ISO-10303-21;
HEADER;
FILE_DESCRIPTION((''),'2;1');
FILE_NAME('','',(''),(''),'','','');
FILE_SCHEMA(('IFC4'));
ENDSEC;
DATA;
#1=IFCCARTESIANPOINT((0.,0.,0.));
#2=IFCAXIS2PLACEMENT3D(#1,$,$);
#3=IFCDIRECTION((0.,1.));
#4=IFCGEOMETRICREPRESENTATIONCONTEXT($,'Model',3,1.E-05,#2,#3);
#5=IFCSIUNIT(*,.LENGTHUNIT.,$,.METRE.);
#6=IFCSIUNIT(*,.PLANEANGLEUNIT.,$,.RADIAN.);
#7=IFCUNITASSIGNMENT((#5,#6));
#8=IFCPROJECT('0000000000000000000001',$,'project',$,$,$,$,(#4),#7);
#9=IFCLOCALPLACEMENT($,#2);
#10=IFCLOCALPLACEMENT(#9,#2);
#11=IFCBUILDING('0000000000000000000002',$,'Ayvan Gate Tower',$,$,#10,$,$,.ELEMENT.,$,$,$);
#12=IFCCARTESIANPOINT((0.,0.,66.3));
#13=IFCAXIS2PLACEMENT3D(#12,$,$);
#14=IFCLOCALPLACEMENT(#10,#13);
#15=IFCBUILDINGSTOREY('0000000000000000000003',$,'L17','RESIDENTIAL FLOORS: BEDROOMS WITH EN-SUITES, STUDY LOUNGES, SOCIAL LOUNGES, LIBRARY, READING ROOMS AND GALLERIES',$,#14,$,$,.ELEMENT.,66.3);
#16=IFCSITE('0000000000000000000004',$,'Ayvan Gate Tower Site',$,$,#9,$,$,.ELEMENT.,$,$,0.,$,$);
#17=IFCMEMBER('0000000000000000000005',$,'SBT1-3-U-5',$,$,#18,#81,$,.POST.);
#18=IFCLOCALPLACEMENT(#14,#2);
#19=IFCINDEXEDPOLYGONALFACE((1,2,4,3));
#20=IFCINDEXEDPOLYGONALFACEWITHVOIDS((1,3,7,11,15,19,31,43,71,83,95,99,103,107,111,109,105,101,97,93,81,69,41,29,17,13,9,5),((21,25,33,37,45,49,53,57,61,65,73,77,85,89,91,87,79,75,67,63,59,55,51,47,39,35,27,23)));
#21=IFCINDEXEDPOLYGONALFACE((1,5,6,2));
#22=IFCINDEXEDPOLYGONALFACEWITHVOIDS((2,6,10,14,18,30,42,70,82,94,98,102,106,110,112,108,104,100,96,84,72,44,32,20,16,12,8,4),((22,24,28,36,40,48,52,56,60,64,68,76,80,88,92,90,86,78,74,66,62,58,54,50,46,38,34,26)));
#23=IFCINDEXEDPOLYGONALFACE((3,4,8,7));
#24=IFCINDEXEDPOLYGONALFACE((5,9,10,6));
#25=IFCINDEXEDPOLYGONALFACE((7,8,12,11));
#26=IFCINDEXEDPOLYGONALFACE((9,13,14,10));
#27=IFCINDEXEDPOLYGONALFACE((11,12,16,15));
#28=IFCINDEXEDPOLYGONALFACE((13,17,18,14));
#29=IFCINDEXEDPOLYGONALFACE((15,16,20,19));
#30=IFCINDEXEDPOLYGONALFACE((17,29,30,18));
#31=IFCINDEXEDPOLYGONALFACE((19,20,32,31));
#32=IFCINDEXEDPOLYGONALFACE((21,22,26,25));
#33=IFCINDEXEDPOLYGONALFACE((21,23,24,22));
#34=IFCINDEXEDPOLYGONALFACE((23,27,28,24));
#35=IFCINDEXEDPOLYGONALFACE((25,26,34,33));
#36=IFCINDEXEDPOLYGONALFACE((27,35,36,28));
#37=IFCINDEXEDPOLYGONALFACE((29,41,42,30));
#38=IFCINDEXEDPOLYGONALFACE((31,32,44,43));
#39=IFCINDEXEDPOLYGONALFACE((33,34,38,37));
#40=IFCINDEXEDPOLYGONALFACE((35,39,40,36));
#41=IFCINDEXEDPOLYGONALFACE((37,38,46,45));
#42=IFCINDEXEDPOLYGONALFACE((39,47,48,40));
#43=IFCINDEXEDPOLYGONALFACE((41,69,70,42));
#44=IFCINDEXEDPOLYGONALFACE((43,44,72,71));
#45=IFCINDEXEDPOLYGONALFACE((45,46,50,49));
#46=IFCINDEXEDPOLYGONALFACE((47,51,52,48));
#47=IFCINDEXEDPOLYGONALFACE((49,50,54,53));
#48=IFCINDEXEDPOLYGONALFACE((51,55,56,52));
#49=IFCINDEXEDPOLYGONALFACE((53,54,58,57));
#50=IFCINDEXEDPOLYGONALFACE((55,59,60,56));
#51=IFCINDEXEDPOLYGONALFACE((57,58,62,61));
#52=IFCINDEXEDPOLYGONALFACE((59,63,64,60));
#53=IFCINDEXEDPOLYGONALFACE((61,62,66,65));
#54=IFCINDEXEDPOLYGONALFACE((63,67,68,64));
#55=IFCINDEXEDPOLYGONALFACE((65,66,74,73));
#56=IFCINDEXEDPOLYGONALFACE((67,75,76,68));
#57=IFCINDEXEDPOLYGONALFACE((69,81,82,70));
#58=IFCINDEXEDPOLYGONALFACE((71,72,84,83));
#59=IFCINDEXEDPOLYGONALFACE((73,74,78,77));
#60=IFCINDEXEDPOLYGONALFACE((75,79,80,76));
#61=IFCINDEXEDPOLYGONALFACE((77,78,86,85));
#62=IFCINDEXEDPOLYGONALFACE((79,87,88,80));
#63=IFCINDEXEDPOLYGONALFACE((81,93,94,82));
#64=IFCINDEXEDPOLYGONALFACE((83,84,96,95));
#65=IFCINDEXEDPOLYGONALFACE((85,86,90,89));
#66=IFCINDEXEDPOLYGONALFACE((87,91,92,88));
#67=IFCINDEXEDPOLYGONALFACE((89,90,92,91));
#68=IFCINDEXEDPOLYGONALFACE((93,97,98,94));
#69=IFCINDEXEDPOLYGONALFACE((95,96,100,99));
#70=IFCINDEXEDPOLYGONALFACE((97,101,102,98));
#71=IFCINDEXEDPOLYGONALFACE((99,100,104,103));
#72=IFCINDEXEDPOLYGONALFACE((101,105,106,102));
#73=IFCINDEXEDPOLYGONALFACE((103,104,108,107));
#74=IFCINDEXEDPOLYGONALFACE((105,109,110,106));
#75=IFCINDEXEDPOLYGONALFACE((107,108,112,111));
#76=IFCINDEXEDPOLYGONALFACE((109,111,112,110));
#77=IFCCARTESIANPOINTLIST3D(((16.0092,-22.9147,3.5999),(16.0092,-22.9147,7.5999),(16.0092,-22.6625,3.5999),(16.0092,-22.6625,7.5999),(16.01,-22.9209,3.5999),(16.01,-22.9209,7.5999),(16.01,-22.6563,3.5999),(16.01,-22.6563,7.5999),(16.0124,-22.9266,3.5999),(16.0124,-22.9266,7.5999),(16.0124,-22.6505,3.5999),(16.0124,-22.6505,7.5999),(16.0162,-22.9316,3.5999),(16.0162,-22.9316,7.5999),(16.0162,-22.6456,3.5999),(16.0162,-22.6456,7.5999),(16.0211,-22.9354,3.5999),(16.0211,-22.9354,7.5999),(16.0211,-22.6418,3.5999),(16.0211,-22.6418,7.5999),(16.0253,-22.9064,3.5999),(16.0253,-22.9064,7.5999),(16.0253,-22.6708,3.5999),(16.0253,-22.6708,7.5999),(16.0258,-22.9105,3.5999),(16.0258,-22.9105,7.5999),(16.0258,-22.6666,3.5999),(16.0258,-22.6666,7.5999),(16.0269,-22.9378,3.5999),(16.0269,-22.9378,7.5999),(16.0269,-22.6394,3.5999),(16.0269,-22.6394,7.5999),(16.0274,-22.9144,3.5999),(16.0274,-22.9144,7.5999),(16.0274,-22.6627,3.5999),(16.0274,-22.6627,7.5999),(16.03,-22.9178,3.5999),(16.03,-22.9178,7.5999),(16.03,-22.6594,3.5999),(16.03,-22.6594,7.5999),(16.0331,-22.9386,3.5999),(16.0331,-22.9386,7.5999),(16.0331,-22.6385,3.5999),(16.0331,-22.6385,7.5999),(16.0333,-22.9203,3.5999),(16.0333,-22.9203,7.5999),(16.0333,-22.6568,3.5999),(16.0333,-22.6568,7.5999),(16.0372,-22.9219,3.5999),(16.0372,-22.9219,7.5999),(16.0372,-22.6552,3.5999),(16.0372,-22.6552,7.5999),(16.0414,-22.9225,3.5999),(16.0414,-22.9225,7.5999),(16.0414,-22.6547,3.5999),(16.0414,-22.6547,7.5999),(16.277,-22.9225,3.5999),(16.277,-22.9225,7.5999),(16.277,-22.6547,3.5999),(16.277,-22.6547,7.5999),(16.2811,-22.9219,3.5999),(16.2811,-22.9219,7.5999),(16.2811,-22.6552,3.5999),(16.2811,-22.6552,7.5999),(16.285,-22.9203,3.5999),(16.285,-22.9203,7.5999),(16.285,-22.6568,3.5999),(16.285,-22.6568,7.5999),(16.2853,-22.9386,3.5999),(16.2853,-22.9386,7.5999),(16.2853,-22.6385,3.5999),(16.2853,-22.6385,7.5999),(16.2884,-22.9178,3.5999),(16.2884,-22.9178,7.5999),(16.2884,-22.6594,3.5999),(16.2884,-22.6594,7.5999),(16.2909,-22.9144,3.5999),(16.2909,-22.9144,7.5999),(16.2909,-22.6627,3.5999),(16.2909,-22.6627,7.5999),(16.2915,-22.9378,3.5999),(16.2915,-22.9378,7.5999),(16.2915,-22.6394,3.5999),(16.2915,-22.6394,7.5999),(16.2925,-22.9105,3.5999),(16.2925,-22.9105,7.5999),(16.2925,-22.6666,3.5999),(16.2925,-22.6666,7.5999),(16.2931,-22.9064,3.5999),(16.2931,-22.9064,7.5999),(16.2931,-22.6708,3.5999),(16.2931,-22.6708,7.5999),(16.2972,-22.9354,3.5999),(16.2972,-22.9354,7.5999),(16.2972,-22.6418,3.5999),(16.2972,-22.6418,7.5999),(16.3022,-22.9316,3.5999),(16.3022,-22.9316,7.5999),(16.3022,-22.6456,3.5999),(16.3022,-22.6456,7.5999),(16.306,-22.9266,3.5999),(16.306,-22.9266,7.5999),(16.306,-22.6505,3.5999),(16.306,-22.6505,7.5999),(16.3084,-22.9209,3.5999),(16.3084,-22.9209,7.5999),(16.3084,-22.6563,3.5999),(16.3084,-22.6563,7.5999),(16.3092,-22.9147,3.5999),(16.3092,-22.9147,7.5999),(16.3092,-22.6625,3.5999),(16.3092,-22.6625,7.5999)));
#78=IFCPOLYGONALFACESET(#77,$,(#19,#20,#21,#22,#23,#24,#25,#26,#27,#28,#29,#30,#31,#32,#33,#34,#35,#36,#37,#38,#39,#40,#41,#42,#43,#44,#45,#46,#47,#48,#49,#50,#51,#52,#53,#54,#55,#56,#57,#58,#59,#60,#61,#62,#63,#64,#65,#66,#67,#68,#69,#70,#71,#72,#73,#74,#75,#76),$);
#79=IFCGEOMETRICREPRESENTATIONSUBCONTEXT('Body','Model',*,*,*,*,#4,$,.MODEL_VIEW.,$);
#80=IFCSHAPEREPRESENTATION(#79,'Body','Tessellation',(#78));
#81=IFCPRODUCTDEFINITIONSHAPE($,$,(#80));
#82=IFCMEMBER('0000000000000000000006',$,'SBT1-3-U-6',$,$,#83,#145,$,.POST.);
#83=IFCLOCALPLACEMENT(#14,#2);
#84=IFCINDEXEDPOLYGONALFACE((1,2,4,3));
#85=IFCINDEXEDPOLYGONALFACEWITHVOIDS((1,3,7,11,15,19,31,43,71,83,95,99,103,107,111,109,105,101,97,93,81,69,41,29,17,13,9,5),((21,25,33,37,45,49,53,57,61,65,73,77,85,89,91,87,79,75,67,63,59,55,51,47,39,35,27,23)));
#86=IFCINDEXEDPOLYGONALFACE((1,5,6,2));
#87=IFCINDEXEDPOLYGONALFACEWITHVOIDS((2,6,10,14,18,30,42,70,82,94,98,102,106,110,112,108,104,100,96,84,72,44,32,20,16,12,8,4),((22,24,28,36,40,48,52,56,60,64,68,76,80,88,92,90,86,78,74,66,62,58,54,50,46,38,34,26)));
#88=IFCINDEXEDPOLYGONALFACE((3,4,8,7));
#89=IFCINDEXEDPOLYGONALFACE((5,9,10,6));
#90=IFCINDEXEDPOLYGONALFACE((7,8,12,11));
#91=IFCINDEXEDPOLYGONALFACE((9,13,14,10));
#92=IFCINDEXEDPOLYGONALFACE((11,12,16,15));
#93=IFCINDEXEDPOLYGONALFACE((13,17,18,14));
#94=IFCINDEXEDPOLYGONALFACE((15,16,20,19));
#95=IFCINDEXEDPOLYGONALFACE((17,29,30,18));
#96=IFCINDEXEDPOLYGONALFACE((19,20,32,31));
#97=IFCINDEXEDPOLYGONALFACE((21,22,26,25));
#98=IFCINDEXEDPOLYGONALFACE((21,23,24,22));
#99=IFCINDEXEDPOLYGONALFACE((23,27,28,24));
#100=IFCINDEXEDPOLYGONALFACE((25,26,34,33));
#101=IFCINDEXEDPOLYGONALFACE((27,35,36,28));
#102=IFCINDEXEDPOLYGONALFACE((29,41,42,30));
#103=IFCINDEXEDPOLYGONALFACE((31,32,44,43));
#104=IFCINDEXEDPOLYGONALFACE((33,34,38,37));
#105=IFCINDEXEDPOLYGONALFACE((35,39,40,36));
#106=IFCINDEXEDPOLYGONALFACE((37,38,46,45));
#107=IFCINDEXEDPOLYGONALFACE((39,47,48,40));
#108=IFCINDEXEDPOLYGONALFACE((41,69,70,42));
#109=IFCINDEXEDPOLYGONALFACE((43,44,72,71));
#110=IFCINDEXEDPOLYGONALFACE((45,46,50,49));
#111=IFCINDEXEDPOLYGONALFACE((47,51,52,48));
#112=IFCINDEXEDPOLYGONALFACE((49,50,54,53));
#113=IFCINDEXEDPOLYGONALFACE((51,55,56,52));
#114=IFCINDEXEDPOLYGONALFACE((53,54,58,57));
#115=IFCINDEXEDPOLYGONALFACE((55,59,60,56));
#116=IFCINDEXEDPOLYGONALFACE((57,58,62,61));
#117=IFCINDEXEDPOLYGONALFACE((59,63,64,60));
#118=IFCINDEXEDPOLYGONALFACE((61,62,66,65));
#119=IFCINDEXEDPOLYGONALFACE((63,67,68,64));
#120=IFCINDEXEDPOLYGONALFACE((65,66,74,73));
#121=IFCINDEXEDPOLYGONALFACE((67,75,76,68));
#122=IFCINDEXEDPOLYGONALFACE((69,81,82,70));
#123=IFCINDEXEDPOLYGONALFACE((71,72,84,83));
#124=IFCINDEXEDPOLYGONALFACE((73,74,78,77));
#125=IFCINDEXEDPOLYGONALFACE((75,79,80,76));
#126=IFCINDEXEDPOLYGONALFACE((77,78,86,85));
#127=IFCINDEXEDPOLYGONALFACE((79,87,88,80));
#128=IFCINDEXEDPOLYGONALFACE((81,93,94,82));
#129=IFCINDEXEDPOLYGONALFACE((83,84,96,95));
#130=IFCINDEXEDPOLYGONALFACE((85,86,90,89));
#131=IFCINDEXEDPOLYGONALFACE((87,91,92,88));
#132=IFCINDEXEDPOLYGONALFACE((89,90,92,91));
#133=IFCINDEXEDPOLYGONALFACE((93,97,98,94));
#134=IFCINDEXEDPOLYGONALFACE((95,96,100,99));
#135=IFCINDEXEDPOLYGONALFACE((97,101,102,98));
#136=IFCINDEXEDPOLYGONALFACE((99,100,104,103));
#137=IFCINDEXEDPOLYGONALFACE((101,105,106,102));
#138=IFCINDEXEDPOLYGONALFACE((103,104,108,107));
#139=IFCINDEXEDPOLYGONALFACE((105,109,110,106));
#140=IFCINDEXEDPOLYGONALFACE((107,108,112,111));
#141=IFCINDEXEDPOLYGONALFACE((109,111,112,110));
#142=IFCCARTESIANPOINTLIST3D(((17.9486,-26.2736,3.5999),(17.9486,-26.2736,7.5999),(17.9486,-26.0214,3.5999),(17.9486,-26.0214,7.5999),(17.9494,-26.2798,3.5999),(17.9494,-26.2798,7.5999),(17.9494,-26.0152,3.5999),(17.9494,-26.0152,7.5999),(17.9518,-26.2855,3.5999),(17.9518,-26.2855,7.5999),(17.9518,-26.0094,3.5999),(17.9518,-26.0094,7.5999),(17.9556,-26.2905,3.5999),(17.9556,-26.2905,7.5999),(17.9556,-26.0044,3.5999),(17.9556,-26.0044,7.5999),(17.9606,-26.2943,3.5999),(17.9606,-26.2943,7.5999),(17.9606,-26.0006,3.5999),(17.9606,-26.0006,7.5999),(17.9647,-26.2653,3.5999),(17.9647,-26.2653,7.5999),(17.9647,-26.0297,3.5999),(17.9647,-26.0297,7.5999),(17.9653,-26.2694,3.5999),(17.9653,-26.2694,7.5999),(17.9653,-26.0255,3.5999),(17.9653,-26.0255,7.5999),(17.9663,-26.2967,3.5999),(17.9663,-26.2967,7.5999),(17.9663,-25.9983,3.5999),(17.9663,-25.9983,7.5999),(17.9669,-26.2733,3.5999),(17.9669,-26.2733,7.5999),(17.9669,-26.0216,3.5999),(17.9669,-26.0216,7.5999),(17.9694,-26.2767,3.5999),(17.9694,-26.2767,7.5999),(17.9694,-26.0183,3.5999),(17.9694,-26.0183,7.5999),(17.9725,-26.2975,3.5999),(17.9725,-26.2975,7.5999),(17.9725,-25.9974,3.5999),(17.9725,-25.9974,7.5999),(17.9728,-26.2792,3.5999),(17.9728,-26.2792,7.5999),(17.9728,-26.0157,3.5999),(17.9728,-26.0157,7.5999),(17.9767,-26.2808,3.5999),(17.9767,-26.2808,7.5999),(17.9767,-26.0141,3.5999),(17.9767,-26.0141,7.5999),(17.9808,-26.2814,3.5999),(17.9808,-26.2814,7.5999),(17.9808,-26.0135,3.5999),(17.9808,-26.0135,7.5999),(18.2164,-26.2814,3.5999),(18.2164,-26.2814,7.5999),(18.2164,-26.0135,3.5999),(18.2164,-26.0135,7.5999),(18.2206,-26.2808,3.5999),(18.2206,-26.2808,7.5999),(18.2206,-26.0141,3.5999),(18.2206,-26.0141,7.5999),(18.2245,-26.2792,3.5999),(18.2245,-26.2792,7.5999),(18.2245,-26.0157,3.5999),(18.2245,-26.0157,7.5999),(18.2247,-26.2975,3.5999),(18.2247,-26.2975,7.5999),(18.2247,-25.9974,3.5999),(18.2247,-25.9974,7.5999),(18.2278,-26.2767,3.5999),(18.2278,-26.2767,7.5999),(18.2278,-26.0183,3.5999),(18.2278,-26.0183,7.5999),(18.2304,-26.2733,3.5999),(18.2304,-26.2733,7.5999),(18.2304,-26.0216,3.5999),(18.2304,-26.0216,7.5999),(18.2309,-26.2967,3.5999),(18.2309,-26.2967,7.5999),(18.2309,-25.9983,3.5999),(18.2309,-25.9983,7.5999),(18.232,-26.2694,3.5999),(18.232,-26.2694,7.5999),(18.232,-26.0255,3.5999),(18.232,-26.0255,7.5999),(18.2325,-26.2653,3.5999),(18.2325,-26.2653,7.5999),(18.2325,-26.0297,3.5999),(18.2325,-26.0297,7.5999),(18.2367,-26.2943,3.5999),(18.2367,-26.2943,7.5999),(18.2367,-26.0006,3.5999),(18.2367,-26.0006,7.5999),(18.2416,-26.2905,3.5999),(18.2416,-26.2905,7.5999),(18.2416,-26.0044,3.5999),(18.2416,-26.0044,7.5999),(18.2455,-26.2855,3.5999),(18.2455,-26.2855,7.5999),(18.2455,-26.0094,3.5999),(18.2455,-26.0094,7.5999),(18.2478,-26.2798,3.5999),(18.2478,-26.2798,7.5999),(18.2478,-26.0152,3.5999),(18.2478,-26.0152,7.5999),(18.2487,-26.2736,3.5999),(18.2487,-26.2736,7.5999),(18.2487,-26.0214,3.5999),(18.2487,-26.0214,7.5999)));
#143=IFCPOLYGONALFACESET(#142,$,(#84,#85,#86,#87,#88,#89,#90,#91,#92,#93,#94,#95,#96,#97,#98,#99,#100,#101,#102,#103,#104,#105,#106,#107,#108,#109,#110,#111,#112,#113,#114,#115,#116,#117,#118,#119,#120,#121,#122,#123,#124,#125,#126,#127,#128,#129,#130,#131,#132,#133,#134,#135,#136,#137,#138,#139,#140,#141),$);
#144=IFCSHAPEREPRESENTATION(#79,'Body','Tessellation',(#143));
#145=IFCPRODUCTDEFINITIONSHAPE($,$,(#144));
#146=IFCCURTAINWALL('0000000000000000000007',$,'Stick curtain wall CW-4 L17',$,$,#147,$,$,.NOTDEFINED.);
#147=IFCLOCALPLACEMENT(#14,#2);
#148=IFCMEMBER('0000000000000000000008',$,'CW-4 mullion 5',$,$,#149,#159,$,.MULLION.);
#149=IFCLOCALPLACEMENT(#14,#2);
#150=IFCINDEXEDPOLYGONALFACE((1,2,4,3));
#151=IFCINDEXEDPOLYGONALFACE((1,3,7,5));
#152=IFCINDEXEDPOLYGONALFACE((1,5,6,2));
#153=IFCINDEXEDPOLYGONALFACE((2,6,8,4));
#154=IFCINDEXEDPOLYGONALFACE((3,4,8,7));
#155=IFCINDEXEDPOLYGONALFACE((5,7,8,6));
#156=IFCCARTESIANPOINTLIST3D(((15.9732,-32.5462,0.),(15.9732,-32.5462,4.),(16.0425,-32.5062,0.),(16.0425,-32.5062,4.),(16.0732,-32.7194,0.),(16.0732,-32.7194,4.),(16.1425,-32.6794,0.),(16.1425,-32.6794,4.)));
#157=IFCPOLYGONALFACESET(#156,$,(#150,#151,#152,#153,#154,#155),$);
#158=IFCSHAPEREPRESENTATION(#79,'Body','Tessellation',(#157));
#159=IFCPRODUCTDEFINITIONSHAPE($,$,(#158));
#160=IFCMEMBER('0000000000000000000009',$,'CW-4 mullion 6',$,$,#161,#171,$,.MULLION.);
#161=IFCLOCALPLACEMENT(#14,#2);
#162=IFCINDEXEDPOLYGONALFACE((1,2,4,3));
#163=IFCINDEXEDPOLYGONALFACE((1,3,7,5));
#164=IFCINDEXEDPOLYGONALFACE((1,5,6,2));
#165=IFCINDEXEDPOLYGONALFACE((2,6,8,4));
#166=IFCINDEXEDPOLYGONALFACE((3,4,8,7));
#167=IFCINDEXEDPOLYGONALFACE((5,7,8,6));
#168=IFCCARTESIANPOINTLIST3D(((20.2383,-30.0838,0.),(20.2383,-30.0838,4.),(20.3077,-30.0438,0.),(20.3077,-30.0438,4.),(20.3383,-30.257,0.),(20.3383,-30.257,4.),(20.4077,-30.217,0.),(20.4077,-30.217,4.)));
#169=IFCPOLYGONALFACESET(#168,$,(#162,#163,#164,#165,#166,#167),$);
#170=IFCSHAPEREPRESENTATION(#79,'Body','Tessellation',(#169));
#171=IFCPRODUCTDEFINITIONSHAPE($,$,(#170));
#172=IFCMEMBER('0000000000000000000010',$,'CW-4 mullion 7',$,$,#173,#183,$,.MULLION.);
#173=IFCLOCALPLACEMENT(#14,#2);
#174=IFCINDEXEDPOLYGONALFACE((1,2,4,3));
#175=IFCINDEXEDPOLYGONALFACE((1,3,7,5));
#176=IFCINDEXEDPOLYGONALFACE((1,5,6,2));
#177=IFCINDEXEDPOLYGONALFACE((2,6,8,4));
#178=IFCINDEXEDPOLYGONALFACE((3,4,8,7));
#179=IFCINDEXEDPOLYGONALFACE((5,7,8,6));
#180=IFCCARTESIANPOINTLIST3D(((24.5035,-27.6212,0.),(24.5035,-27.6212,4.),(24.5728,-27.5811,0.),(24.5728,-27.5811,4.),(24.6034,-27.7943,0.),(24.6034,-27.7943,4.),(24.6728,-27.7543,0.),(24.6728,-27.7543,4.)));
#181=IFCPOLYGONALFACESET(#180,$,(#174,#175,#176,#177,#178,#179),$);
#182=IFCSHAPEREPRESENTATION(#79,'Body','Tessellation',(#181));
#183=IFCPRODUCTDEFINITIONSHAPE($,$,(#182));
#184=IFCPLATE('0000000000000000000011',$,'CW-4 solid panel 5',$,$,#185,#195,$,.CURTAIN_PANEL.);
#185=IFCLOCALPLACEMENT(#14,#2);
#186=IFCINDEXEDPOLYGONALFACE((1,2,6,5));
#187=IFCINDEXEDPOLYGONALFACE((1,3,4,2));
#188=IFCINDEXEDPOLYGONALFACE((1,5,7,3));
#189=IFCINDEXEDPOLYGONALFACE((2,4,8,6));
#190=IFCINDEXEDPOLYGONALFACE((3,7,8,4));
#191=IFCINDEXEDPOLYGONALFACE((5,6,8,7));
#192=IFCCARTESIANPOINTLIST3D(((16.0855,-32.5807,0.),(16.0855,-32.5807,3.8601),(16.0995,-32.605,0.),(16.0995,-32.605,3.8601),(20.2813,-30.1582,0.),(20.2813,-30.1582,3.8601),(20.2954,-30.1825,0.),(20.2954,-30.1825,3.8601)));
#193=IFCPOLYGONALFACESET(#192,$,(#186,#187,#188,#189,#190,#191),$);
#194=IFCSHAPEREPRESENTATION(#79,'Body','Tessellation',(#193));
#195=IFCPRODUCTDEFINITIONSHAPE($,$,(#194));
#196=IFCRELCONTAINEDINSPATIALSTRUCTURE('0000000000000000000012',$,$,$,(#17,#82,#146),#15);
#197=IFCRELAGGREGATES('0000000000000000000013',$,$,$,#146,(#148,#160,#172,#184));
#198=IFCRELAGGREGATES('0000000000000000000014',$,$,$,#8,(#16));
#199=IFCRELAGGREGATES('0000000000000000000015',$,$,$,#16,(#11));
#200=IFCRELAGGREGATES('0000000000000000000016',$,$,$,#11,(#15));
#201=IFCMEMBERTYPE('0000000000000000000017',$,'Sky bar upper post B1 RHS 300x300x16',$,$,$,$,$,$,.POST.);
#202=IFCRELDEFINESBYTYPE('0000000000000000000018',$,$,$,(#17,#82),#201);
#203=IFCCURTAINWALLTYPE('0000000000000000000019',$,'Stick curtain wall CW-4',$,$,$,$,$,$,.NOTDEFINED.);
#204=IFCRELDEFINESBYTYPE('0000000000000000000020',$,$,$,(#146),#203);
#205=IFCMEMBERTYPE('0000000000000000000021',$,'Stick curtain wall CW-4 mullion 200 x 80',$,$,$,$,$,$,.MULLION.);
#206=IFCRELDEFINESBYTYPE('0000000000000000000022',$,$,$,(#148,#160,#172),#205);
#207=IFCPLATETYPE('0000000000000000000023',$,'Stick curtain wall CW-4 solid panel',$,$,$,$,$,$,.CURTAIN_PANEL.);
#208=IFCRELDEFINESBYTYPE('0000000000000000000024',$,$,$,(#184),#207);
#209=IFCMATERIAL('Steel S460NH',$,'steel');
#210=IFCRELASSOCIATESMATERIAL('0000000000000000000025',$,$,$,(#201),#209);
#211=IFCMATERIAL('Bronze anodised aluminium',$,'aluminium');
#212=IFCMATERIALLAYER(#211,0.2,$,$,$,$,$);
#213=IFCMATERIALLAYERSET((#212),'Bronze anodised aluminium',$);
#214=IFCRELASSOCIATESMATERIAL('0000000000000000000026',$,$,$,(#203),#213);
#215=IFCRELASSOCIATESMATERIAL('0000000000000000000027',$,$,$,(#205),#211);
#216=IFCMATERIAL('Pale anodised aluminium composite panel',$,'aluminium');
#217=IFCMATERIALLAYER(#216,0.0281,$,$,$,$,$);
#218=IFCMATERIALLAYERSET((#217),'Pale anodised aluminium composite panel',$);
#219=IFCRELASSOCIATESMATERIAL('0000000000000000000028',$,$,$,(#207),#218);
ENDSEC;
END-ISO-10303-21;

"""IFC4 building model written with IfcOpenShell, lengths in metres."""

from ifc_helpers import new_model, si_unit, direction, frame, origin, origin_2d, place, context, subcontext, project, spatial, rectangle, hollow_rectangle, extrude, material, layer, layer_set, material_profile, profile_set, type_object, element, aggregate, save


model = new_model("IFC4")

# Units and contexts
model_context = context("Model", 3, precision=1e-05, world=origin(), true_north=direction((0.0, 1.0)))
body_context = subcontext(model_context, "Body", "Model", "MODEL_VIEW")
ifc_project = project(units=[si_unit("LENGTHUNIT", "METRE"), si_unit("PLANEANGLEUNIT", "RADIAN")], contexts=[model_context])

# Site, building, storey
site_placement = place(None, origin())
site = spatial("IfcSite", under=ifc_project, at=site_placement, Name="Ayvan Gate Tower Site", CompositionType="ELEMENT", RefElevation=0.0)
building_placement = place(site_placement, origin())
building = spatial("IfcBuilding", under=site, at=building_placement, Name="Ayvan Gate Tower", CompositionType="ELEMENT")
storey_placement = place(building_placement, frame((0.0, 0.0, 66.3)))
storey = spatial("IfcBuildingStorey", under=building, at=storey_placement, Name="L17", Description="RESIDENTIAL FLOORS: BEDROOMS WITH EN-SUITES, STUDY LOUNGES, SOCIAL LOUNGES, LIBRARY, READING ROOMS AND GALLERIES", CompositionType="ELEMENT", Elevation=66.3)

# Members
ifc_material_1 = material(Name="Steel S460NH", Category="steel")
ifc_material_profile_1 = material_profile(ifc_material_1, hollow_rectangle(XDim=0.3, YDim=0.3, WallThickness=0.0161, InnerFilletRadius=0.0161, OuterFilletRadius=0.0239, at=origin_2d()), Name="RHS 300x300x16")
ifc_profile_set_1 = profile_set([ifc_material_profile_1], Name="Steel S460NH")
member_type_1 = type_object("IfcMemberType", Name="Sky bar upper post B1 RHS 300x300x16", PredefinedType="POST", material=ifc_profile_set_1)
for number, where, z_axis, x_axis, name in (
    (1, (16.1592, -22.7886, 3.5999), (0.0, 0.0, 1.0), (1.0, 0.0, 0.0), "SBT1-3-U-5"),
    (2, (18.0986, -26.1475, 3.5999), (0.0, 0.0, 1.0), (1.0, 0.0, 0.0), "SBT1-3-U-6"),
):
    element("IfcMember", number, at=place(storey_placement, frame(where, z_axis=z_axis, x_axis=x_axis)), inside=storey, type_object=member_type_1, Name=name, PredefinedType="POST", context=body_context, shape_type="SweptSolid", body=[
        extrude(hollow_rectangle(XDim=0.3, YDim=0.3, WallThickness=0.0161, InnerFilletRadius=0.0161, OuterFilletRadius=0.0239, at=origin_2d()), origin(), (0.0, 0.0, 1.0), 4.0),
    ])

# Curtain wall, members, plate
ifc_material_2 = material(Name="Bronze anodised aluminium", Category="aluminium")
ifc_layer_1 = layer(ifc_material_2, 0.2)
ifc_layer_set_1 = layer_set([ifc_layer_1], Name="Bronze anodised aluminium")
curtain_wall_type = type_object("IfcCurtainWallType", Name="Stick curtain wall CW-4", PredefinedType="NOTDEFINED", material=ifc_layer_set_1)
curtain_wall_placement = place(storey_placement, origin())
curtain_wall = element("IfcCurtainWall", 3, at=curtain_wall_placement, inside=storey, type_object=curtain_wall_type, Name="Stick curtain wall CW-4 L17", PredefinedType="NOTDEFINED")
ifc_material_profile_2 = material_profile(ifc_material_2, rectangle(XDim=0.2, YDim=0.0801, at=origin_2d()), Name="Stick curtain wall CW-4 mullion 200 x 80")
ifc_profile_set_2 = profile_set([ifc_material_profile_2], Name="Bronze anodised aluminium")
member_type_2 = type_object("IfcMemberType", Name="Stick curtain wall CW-4 mullion 200 x 80", PredefinedType="MULLION", material=ifc_profile_set_2)
member_1_placement = place(storey_placement, frame((16.0579, -32.6128, 0.0), z_axis=(0.0, 0.0, 1.0), x_axis=(0.5, -0.866025, 0.0)))
member_1 = element("IfcMember", 4, at=member_1_placement, type_object=member_type_2, Name="CW-4 mullion 5", PredefinedType="MULLION", context=body_context, shape_type="SweptSolid", body=[
    extrude(rectangle(XDim=0.2, YDim=0.0801, at=origin_2d()), origin(), (0.0, 0.0, 1.0), 4.0),
])
member_2_placement = place(storey_placement, frame((20.323, -30.1504, 0.0), z_axis=(0.0, 0.0, 1.0), x_axis=(0.5, -0.866025, 0.0)))
member_2 = element("IfcMember", 5, at=member_2_placement, type_object=member_type_2, Name="CW-4 mullion 6", PredefinedType="MULLION", context=body_context, shape_type="SweptSolid", body=[
    extrude(rectangle(XDim=0.2, YDim=0.0801, at=origin_2d()), origin(), (0.0, 0.0, 1.0), 4.0),
])
member_3_placement = place(storey_placement, frame((24.5881, -27.6877, 0.0), z_axis=(0.0, 0.0, 1.0), x_axis=(0.5, -0.866025, 0.0)))
member_3 = element("IfcMember", 6, at=member_3_placement, type_object=member_type_2, Name="CW-4 mullion 7", PredefinedType="MULLION", context=body_context, shape_type="SweptSolid", body=[
    extrude(rectangle(XDim=0.2, YDim=0.0801, at=origin_2d()), origin(), (0.0, 0.0, 1.0), 4.0),
])
ifc_material_3 = material(Name="Pale anodised aluminium composite panel", Category="aluminium")
ifc_layer_2 = layer(ifc_material_3, 0.0281)
ifc_layer_set_2 = layer_set([ifc_layer_2], Name="Pale anodised aluminium composite panel")
plate_type = type_object("IfcPlateType", Name="Stick curtain wall CW-4 solid panel", PredefinedType="CURTAIN_PANEL", material=ifc_layer_set_2)
plate_1_placement = place(storey_placement, frame((18.1904, -31.3816, 0.0), z_axis=(0.0, 0.0, 1.0), x_axis=(0.866025, 0.5, 0.0)))
plate_1 = element("IfcPlate", 7, at=plate_1_placement, type_object=plate_type, Name="CW-4 solid panel 5", PredefinedType="CURTAIN_PANEL", context=body_context, shape_type="SweptSolid", body=[
    extrude(rectangle(XDim=4.845, YDim=0.0281, at=origin_2d()), origin(), (0.0, 0.0, 1.0), 3.8601),
])
aggregate(curtain_wall, [member_1, member_2, member_3, plate_1])

save(model, "model.ifc")
